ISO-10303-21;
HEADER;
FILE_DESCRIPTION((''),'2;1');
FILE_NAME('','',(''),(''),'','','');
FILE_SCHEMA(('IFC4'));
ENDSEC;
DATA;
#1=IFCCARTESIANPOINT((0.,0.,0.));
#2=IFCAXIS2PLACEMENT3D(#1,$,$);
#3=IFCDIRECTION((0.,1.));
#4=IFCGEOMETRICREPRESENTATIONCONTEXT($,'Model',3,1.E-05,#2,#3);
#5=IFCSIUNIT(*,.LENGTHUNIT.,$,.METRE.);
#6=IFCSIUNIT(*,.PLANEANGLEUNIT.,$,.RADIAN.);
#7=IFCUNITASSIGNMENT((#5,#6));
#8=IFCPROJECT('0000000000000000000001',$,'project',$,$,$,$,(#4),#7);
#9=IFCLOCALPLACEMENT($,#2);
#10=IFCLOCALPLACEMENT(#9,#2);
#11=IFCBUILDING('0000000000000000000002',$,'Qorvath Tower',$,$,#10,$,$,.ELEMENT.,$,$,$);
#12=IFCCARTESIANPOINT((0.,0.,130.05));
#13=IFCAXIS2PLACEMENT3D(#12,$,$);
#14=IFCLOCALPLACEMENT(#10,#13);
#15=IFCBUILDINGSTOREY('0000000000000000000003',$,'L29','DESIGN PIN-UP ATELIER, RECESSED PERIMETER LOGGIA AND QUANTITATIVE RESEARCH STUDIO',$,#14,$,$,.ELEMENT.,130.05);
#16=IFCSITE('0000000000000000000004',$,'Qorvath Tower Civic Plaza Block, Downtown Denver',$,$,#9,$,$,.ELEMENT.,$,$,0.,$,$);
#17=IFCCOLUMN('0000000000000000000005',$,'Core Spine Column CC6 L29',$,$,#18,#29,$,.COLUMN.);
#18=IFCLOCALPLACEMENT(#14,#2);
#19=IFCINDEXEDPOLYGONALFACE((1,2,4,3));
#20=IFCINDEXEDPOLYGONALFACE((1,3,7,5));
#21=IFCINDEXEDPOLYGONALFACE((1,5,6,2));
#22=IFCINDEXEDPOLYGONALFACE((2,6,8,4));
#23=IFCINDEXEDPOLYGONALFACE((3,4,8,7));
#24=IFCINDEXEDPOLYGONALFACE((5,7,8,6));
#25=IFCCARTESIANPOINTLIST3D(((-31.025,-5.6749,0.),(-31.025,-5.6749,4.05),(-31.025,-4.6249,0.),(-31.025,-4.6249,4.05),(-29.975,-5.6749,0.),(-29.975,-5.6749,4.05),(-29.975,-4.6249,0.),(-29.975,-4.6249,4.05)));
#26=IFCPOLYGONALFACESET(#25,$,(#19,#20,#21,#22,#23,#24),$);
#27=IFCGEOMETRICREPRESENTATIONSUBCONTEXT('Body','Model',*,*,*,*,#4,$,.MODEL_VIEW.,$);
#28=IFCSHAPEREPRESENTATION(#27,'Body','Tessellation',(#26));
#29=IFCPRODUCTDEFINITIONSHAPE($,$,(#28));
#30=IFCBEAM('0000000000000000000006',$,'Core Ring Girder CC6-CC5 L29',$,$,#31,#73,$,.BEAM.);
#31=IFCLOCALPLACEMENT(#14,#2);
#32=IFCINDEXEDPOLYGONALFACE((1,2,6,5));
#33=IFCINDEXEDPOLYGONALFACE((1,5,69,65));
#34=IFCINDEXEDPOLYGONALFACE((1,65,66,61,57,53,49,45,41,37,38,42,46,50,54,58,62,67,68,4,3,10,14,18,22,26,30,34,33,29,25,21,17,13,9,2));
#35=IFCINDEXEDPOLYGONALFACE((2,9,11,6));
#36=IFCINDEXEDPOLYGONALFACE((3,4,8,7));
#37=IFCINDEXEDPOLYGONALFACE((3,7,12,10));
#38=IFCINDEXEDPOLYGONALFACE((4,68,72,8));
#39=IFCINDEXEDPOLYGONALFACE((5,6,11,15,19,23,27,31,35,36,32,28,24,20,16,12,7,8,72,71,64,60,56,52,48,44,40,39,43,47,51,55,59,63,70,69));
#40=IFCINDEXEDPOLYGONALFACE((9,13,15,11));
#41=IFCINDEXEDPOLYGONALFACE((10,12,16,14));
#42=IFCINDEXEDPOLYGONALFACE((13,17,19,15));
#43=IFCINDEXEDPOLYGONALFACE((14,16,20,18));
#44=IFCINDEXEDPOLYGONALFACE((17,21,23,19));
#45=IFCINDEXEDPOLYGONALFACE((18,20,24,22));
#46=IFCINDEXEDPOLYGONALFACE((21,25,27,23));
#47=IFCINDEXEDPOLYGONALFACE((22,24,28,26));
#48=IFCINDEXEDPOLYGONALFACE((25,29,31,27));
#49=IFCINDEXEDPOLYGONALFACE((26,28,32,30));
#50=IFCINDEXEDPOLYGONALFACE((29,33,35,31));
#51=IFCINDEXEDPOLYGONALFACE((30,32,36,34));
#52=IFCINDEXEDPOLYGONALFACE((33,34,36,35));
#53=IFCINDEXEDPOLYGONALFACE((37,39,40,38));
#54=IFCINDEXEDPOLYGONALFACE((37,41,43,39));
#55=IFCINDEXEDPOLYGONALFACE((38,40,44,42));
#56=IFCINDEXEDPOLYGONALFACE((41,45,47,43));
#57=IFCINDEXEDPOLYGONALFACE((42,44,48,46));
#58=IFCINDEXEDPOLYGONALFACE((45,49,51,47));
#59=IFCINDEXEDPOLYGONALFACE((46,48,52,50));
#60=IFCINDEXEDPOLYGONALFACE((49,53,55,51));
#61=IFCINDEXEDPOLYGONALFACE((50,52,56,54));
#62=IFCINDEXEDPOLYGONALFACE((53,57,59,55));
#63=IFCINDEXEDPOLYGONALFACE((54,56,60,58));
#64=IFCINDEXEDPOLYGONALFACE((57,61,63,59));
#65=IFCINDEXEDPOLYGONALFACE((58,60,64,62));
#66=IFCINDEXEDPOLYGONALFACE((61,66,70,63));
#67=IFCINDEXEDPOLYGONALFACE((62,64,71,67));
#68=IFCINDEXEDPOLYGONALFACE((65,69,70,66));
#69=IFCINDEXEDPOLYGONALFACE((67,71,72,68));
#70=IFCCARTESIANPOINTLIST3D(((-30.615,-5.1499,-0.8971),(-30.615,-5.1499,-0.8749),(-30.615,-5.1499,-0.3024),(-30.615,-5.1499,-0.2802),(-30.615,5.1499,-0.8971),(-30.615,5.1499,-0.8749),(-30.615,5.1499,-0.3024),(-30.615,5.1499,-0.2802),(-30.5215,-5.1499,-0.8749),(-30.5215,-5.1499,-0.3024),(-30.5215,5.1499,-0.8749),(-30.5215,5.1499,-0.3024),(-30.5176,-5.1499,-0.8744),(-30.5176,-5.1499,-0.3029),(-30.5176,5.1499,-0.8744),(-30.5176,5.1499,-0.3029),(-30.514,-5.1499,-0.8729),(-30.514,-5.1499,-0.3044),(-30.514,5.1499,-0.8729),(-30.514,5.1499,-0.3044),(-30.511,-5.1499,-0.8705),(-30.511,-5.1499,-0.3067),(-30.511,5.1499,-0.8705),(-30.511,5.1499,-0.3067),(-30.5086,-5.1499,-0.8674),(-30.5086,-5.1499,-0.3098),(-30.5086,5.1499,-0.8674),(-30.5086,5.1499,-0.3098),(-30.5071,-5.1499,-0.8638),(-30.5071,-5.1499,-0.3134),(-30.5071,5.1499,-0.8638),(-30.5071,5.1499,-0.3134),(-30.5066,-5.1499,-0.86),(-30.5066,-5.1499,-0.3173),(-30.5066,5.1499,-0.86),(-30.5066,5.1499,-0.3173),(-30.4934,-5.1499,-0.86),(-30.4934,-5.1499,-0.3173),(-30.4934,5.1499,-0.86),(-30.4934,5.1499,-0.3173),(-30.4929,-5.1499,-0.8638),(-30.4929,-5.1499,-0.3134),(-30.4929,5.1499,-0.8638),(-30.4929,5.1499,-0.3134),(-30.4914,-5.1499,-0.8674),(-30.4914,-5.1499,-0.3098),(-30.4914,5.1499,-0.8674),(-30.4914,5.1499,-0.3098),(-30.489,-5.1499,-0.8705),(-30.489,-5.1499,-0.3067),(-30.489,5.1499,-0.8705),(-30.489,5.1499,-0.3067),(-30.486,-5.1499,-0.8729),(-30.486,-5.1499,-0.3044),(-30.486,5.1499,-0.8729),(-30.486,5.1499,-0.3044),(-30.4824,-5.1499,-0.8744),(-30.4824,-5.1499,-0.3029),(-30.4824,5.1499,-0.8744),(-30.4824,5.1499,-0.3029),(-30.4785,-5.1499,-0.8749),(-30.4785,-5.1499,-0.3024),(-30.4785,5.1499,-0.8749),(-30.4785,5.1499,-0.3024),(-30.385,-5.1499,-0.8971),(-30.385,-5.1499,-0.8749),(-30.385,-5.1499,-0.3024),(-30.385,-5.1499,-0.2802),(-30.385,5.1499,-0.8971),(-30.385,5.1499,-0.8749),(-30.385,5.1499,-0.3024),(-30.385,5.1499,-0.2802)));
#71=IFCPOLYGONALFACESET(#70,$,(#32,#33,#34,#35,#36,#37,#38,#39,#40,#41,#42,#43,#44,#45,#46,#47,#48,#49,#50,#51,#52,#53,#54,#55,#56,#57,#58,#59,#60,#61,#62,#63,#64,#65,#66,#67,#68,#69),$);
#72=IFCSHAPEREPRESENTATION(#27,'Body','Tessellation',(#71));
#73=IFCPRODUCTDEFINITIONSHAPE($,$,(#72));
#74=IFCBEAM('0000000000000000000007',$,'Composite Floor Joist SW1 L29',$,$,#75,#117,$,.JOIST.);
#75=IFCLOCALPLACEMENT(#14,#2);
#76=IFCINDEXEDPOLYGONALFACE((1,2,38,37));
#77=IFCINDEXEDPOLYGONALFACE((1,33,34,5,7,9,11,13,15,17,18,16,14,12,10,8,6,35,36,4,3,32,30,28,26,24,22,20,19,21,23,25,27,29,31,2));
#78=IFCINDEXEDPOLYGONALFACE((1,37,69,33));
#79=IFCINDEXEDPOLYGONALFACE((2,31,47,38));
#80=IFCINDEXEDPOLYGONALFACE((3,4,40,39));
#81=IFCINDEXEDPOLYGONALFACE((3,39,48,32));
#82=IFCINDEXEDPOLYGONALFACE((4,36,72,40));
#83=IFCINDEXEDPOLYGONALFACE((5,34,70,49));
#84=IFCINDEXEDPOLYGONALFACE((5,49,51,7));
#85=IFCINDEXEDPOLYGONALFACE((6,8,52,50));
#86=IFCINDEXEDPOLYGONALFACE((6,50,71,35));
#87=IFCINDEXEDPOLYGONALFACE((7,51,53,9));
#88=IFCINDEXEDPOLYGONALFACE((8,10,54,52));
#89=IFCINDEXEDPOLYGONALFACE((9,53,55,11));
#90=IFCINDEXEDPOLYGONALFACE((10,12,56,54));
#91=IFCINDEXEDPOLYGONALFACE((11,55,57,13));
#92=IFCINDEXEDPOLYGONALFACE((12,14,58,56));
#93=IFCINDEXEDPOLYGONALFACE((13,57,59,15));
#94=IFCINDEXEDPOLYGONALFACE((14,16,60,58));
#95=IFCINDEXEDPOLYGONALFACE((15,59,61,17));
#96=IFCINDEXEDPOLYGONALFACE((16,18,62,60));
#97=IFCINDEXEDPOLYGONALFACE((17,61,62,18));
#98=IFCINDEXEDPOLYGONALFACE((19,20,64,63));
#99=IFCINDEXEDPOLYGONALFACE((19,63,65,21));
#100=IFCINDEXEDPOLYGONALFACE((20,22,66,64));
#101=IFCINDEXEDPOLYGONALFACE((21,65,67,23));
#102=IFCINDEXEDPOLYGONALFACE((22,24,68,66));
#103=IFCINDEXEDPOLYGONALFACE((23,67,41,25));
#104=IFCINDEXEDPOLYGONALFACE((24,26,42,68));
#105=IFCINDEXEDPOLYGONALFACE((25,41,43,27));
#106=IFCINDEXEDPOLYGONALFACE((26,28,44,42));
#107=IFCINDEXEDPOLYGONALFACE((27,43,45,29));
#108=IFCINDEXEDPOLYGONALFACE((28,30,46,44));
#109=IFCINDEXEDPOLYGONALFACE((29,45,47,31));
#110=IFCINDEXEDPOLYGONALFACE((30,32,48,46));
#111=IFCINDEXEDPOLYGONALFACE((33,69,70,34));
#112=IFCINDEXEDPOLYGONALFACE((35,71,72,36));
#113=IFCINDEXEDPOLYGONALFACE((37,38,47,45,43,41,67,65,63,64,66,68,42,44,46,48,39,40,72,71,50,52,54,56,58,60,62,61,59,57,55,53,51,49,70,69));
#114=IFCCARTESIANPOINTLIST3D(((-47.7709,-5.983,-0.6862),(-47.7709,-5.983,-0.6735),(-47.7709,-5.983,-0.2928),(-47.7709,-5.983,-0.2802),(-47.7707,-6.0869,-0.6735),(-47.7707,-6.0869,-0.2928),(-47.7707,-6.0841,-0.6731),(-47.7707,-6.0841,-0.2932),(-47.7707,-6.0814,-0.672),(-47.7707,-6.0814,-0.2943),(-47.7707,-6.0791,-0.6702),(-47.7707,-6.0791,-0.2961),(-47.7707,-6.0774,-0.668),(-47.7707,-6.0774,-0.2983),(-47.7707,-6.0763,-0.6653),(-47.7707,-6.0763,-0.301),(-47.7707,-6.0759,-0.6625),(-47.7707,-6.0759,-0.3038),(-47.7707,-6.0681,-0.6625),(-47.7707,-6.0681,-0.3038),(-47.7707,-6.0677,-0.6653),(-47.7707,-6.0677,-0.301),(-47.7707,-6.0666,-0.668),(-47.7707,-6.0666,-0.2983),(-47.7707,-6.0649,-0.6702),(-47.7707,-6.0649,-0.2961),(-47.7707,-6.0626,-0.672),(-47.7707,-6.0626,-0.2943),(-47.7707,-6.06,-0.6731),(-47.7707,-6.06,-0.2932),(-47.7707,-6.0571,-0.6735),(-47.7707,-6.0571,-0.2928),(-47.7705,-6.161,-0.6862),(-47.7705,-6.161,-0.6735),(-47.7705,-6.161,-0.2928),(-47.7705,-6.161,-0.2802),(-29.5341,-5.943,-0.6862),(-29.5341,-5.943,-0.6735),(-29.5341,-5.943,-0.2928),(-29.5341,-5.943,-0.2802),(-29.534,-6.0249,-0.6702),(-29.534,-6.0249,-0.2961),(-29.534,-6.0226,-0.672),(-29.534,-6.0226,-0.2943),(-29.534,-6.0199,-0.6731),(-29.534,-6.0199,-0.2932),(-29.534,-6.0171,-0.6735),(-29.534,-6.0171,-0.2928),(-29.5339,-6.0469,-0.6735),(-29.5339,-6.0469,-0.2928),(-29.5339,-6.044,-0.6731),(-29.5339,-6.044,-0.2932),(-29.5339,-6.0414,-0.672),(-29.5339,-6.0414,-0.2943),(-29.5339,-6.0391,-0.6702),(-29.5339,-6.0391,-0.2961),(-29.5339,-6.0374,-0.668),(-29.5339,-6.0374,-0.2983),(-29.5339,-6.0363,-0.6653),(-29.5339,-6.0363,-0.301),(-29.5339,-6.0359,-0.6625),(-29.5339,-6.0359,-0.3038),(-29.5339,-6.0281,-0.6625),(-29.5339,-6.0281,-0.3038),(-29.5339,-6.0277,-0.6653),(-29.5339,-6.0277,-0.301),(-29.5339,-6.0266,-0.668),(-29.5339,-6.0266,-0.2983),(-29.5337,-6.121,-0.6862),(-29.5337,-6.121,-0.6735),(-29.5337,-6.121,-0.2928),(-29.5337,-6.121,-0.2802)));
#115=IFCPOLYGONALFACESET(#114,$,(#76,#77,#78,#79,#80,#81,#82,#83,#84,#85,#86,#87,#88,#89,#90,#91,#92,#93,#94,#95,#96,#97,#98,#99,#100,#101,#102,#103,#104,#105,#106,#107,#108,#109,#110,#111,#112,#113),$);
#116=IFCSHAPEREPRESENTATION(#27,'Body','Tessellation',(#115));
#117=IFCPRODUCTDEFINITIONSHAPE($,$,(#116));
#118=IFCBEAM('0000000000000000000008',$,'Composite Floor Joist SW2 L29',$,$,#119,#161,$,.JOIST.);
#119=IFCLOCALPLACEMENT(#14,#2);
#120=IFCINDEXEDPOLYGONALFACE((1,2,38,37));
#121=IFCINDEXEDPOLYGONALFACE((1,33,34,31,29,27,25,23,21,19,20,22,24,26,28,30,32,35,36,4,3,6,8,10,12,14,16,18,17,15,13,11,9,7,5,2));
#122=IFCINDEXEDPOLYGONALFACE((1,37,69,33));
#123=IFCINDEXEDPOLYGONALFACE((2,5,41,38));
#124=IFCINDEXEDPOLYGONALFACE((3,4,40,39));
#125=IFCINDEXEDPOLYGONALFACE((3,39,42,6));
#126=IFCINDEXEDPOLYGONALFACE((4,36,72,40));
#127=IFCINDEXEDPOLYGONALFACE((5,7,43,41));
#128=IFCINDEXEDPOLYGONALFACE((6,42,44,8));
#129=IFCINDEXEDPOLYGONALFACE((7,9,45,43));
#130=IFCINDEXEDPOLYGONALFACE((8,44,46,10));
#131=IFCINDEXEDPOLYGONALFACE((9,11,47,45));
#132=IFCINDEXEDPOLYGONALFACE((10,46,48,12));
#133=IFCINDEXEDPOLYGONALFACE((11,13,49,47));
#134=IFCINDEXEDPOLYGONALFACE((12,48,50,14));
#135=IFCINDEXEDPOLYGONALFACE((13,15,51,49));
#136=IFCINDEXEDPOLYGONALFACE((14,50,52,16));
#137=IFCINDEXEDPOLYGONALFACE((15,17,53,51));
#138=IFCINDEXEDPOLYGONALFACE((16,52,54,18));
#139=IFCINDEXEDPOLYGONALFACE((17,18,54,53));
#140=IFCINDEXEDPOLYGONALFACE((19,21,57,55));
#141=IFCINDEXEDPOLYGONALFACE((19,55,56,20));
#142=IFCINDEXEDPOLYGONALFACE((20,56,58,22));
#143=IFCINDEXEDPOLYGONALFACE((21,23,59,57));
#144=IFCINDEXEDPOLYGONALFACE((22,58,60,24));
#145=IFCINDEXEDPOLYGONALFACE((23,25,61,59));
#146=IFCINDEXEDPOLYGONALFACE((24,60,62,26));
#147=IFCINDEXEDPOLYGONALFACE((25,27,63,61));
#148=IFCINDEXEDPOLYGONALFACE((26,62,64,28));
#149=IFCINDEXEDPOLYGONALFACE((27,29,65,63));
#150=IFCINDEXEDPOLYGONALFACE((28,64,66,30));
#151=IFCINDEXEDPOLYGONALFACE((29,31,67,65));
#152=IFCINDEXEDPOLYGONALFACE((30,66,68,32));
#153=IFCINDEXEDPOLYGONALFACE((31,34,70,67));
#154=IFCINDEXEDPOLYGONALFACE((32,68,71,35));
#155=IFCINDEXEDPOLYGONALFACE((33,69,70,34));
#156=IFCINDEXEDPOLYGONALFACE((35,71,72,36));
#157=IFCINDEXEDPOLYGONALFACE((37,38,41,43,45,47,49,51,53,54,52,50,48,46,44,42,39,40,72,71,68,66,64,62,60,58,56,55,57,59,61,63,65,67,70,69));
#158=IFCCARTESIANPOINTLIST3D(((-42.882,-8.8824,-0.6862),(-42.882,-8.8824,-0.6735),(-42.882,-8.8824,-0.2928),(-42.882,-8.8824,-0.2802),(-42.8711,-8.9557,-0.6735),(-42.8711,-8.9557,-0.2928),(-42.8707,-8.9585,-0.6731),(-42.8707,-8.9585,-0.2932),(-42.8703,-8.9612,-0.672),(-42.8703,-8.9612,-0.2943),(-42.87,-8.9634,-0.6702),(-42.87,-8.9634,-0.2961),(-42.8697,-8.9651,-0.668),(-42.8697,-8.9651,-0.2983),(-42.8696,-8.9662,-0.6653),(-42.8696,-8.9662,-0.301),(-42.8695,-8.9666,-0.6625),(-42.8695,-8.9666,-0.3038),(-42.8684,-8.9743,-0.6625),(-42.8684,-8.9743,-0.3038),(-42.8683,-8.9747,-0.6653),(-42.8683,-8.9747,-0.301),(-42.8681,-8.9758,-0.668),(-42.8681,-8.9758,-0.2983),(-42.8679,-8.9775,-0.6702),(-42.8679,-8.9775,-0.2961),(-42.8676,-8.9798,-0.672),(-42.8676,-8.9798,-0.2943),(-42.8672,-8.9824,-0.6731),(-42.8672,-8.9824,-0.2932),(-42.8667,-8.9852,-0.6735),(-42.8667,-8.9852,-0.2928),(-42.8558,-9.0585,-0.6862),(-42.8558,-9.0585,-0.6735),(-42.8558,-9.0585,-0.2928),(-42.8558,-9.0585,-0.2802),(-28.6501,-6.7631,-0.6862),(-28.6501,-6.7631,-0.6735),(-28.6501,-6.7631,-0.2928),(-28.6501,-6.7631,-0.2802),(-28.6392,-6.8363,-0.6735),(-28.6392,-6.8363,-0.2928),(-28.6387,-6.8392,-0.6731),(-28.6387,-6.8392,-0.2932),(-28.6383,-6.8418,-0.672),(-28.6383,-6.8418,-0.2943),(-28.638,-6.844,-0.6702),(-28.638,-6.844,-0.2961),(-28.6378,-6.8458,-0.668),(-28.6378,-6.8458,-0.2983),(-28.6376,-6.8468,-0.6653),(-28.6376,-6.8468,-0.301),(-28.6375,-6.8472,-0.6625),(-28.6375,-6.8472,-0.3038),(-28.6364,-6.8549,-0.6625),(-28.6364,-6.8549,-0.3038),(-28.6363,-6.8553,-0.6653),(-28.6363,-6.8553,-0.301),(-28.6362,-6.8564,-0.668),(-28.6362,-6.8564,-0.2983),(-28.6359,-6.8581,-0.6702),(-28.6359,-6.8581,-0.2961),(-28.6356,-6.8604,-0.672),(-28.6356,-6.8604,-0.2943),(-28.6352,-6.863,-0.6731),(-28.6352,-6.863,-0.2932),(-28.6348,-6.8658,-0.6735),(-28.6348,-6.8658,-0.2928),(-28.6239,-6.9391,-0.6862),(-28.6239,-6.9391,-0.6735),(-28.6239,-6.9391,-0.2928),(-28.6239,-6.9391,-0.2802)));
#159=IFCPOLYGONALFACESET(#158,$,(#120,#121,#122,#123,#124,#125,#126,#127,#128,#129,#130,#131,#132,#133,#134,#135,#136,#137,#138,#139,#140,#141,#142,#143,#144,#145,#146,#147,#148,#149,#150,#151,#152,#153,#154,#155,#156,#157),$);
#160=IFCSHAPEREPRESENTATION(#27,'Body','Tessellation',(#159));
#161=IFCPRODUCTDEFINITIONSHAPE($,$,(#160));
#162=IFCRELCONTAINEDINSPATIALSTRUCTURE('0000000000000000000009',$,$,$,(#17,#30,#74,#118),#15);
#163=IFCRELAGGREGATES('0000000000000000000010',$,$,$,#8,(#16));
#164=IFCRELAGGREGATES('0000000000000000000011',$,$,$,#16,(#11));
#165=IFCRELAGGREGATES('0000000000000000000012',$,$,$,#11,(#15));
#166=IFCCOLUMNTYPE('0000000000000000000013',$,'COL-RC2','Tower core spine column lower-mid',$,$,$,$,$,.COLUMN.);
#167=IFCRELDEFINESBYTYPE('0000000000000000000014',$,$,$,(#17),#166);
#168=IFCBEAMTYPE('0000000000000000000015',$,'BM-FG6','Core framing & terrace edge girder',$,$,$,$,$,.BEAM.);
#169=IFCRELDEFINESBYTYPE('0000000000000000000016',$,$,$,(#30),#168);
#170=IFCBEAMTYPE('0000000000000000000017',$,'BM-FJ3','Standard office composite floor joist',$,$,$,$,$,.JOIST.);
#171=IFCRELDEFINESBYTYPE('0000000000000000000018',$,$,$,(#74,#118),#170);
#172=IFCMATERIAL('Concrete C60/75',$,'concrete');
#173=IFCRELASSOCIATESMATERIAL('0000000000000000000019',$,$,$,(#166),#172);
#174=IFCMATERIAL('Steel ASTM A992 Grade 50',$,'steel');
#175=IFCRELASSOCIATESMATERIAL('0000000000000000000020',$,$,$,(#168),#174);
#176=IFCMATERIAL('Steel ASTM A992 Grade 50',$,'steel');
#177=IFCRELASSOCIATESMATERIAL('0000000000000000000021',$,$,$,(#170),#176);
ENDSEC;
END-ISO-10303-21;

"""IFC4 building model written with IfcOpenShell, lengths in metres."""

from ifc_helpers import new_model, si_unit, direction, frame, origin, origin_2d, place, context, subcontext, project, spatial, rectangle, i_section, extrude, material, material_profile, profile_set, type_object, element, save


model = new_model("IFC4")

# Units and contexts
model_context = context("Model", 3, precision=1e-05, world=origin(), true_north=direction((0.0, 1.0)))
body_context = subcontext(model_context, "Body", "Model", "MODEL_VIEW")
ifc_project = project(units=[si_unit("LENGTHUNIT", "METRE"), si_unit("PLANEANGLEUNIT", "RADIAN")], contexts=[model_context])

# Site, building, storey
site_placement = place(None, origin())
site = spatial("IfcSite", under=ifc_project, at=site_placement, Name="Qorvath Tower Civic Plaza Block, Downtown Denver", CompositionType="ELEMENT", RefElevation=0.0)
building_placement = place(site_placement, origin())
building = spatial("IfcBuilding", under=site, at=building_placement, Name="Qorvath Tower", CompositionType="ELEMENT")
storey_placement = place(building_placement, frame((0.0, 0.0, 130.05)))
storey = spatial("IfcBuildingStorey", under=building, at=storey_placement, Name="L29", Description="DESIGN PIN-UP ATELIER, RECESSED PERIMETER LOGGIA AND QUANTITATIVE RESEARCH STUDIO", CompositionType="ELEMENT", Elevation=130.05)

# Column
ifc_material_1 = material(Name="Concrete C60/75", Category="concrete")
ifc_material_profile_1 = material_profile(ifc_material_1, rectangle(XDim=1.05, YDim=1.05, at=origin_2d()), Name="RC 1050x1050")
ifc_profile_set_1 = profile_set([ifc_material_profile_1], Name="Concrete C60/75")
column_type = type_object("IfcColumnType", Name="COL-RC2", Description="Tower core spine column lower-mid", PredefinedType="COLUMN", material=ifc_profile_set_1)
column_placement = place(storey_placement, frame((-30.5, -5.1499, 0.0), z_axis=(0.0, 0.0, 1.0), x_axis=(1.0, 0.0, 0.0)))
element("IfcColumn", 1, at=column_placement, inside=storey, type_object=column_type, Name="Core Spine Column CC6 L29", PredefinedType="COLUMN", context=body_context, shape_type="SweptSolid", body=[
    extrude(rectangle(XDim=1.05, YDim=1.05, at=origin_2d()), origin(), (0.0, 0.0, 1.0), 4.05),
])

# Beams
ifc_material_2 = material(Name="Steel ASTM A992 Grade 50", Category="steel")
ifc_material_profile_2 = material_profile(ifc_material_2, i_section(OverallWidth=0.23, OverallDepth=0.6169, WebThickness=0.0132, FlangeThickness=0.0222, FilletRadius=0.0149, at=origin_2d()), Name="W24x94")
ifc_profile_set_2 = profile_set([ifc_material_profile_2], Name="Steel ASTM A992 Grade 50")
beam_type_1 = type_object("IfcBeamType", Name="BM-FG6", Description="Core framing & terrace edge girder", PredefinedType="BEAM", material=ifc_profile_set_2)
beam_1_placement = place(storey_placement, frame((-30.5, -5.1499, -0.5886), z_axis=(0.0, 1.0, 0.0), x_axis=(-1.0, 0.0, 0.0)))
element("IfcBeam", 2, at=beam_1_placement, inside=storey, type_object=beam_type_1, Name="Core Ring Girder CC6-CC5 L29", PredefinedType="BEAM", context=body_context, shape_type="SweptSolid", body=[
    extrude(i_section(OverallWidth=0.23, OverallDepth=0.6169, WebThickness=0.0132, FlangeThickness=0.0222, FilletRadius=0.0149, at=origin_2d()), origin(), (0.0, 0.0, 1.0), 10.2998),
])
ifc_material_3 = material(Name="Steel ASTM A992 Grade 50", Category="steel")
ifc_material_profile_3 = material_profile(ifc_material_3, i_section(OverallWidth=0.178, OverallDepth=0.406, WebThickness=0.0078, FlangeThickness=0.0127, FilletRadius=0.011, at=origin_2d()), Name="W16x40")
ifc_profile_set_3 = profile_set([ifc_material_profile_3], Name="Steel ASTM A992 Grade 50")
beam_type_2 = type_object("IfcBeamType", Name="BM-FJ3", Description="Standard office composite floor joist", PredefinedType="JOIST", material=ifc_profile_set_3)
beam_2_placement = place(storey_placement, frame((-29.5339, -6.032, -0.4832), z_axis=(-0.999998, -0.002196, 0.0), x_axis=(0.002196, -0.999998, 0.0)))
element("IfcBeam", 3, at=beam_2_placement, inside=storey, type_object=beam_type_2, Name="Composite Floor Joist SW1 L29", PredefinedType="JOIST", context=body_context, shape_type="SweptSolid", body=[
    extrude(i_section(OverallWidth=0.178, OverallDepth=0.406, WebThickness=0.0078, FlangeThickness=0.0127, FilletRadius=0.011, at=origin_2d()), origin(), (0.0, 0.0, 1.0), 18.2368),
])
beam_3_placement = place(storey_placement, frame((-28.637, -6.8511, -0.4832), z_axis=(-0.989093, -0.147293, 0.0), x_axis=(0.147293, -0.989093, 0.0)))
element("IfcBeam", 4, at=beam_3_placement, inside=storey, type_object=beam_type_2, Name="Composite Floor Joist SW2 L29", PredefinedType="JOIST", context=body_context, shape_type="SweptSolid", body=[
    extrude(i_section(OverallWidth=0.178, OverallDepth=0.406, WebThickness=0.0078, FlangeThickness=0.0127, FilletRadius=0.011, at=origin_2d()), origin(), (0.0, 0.0, 1.0), 14.3889),
])

save(model, "model.ifc")
